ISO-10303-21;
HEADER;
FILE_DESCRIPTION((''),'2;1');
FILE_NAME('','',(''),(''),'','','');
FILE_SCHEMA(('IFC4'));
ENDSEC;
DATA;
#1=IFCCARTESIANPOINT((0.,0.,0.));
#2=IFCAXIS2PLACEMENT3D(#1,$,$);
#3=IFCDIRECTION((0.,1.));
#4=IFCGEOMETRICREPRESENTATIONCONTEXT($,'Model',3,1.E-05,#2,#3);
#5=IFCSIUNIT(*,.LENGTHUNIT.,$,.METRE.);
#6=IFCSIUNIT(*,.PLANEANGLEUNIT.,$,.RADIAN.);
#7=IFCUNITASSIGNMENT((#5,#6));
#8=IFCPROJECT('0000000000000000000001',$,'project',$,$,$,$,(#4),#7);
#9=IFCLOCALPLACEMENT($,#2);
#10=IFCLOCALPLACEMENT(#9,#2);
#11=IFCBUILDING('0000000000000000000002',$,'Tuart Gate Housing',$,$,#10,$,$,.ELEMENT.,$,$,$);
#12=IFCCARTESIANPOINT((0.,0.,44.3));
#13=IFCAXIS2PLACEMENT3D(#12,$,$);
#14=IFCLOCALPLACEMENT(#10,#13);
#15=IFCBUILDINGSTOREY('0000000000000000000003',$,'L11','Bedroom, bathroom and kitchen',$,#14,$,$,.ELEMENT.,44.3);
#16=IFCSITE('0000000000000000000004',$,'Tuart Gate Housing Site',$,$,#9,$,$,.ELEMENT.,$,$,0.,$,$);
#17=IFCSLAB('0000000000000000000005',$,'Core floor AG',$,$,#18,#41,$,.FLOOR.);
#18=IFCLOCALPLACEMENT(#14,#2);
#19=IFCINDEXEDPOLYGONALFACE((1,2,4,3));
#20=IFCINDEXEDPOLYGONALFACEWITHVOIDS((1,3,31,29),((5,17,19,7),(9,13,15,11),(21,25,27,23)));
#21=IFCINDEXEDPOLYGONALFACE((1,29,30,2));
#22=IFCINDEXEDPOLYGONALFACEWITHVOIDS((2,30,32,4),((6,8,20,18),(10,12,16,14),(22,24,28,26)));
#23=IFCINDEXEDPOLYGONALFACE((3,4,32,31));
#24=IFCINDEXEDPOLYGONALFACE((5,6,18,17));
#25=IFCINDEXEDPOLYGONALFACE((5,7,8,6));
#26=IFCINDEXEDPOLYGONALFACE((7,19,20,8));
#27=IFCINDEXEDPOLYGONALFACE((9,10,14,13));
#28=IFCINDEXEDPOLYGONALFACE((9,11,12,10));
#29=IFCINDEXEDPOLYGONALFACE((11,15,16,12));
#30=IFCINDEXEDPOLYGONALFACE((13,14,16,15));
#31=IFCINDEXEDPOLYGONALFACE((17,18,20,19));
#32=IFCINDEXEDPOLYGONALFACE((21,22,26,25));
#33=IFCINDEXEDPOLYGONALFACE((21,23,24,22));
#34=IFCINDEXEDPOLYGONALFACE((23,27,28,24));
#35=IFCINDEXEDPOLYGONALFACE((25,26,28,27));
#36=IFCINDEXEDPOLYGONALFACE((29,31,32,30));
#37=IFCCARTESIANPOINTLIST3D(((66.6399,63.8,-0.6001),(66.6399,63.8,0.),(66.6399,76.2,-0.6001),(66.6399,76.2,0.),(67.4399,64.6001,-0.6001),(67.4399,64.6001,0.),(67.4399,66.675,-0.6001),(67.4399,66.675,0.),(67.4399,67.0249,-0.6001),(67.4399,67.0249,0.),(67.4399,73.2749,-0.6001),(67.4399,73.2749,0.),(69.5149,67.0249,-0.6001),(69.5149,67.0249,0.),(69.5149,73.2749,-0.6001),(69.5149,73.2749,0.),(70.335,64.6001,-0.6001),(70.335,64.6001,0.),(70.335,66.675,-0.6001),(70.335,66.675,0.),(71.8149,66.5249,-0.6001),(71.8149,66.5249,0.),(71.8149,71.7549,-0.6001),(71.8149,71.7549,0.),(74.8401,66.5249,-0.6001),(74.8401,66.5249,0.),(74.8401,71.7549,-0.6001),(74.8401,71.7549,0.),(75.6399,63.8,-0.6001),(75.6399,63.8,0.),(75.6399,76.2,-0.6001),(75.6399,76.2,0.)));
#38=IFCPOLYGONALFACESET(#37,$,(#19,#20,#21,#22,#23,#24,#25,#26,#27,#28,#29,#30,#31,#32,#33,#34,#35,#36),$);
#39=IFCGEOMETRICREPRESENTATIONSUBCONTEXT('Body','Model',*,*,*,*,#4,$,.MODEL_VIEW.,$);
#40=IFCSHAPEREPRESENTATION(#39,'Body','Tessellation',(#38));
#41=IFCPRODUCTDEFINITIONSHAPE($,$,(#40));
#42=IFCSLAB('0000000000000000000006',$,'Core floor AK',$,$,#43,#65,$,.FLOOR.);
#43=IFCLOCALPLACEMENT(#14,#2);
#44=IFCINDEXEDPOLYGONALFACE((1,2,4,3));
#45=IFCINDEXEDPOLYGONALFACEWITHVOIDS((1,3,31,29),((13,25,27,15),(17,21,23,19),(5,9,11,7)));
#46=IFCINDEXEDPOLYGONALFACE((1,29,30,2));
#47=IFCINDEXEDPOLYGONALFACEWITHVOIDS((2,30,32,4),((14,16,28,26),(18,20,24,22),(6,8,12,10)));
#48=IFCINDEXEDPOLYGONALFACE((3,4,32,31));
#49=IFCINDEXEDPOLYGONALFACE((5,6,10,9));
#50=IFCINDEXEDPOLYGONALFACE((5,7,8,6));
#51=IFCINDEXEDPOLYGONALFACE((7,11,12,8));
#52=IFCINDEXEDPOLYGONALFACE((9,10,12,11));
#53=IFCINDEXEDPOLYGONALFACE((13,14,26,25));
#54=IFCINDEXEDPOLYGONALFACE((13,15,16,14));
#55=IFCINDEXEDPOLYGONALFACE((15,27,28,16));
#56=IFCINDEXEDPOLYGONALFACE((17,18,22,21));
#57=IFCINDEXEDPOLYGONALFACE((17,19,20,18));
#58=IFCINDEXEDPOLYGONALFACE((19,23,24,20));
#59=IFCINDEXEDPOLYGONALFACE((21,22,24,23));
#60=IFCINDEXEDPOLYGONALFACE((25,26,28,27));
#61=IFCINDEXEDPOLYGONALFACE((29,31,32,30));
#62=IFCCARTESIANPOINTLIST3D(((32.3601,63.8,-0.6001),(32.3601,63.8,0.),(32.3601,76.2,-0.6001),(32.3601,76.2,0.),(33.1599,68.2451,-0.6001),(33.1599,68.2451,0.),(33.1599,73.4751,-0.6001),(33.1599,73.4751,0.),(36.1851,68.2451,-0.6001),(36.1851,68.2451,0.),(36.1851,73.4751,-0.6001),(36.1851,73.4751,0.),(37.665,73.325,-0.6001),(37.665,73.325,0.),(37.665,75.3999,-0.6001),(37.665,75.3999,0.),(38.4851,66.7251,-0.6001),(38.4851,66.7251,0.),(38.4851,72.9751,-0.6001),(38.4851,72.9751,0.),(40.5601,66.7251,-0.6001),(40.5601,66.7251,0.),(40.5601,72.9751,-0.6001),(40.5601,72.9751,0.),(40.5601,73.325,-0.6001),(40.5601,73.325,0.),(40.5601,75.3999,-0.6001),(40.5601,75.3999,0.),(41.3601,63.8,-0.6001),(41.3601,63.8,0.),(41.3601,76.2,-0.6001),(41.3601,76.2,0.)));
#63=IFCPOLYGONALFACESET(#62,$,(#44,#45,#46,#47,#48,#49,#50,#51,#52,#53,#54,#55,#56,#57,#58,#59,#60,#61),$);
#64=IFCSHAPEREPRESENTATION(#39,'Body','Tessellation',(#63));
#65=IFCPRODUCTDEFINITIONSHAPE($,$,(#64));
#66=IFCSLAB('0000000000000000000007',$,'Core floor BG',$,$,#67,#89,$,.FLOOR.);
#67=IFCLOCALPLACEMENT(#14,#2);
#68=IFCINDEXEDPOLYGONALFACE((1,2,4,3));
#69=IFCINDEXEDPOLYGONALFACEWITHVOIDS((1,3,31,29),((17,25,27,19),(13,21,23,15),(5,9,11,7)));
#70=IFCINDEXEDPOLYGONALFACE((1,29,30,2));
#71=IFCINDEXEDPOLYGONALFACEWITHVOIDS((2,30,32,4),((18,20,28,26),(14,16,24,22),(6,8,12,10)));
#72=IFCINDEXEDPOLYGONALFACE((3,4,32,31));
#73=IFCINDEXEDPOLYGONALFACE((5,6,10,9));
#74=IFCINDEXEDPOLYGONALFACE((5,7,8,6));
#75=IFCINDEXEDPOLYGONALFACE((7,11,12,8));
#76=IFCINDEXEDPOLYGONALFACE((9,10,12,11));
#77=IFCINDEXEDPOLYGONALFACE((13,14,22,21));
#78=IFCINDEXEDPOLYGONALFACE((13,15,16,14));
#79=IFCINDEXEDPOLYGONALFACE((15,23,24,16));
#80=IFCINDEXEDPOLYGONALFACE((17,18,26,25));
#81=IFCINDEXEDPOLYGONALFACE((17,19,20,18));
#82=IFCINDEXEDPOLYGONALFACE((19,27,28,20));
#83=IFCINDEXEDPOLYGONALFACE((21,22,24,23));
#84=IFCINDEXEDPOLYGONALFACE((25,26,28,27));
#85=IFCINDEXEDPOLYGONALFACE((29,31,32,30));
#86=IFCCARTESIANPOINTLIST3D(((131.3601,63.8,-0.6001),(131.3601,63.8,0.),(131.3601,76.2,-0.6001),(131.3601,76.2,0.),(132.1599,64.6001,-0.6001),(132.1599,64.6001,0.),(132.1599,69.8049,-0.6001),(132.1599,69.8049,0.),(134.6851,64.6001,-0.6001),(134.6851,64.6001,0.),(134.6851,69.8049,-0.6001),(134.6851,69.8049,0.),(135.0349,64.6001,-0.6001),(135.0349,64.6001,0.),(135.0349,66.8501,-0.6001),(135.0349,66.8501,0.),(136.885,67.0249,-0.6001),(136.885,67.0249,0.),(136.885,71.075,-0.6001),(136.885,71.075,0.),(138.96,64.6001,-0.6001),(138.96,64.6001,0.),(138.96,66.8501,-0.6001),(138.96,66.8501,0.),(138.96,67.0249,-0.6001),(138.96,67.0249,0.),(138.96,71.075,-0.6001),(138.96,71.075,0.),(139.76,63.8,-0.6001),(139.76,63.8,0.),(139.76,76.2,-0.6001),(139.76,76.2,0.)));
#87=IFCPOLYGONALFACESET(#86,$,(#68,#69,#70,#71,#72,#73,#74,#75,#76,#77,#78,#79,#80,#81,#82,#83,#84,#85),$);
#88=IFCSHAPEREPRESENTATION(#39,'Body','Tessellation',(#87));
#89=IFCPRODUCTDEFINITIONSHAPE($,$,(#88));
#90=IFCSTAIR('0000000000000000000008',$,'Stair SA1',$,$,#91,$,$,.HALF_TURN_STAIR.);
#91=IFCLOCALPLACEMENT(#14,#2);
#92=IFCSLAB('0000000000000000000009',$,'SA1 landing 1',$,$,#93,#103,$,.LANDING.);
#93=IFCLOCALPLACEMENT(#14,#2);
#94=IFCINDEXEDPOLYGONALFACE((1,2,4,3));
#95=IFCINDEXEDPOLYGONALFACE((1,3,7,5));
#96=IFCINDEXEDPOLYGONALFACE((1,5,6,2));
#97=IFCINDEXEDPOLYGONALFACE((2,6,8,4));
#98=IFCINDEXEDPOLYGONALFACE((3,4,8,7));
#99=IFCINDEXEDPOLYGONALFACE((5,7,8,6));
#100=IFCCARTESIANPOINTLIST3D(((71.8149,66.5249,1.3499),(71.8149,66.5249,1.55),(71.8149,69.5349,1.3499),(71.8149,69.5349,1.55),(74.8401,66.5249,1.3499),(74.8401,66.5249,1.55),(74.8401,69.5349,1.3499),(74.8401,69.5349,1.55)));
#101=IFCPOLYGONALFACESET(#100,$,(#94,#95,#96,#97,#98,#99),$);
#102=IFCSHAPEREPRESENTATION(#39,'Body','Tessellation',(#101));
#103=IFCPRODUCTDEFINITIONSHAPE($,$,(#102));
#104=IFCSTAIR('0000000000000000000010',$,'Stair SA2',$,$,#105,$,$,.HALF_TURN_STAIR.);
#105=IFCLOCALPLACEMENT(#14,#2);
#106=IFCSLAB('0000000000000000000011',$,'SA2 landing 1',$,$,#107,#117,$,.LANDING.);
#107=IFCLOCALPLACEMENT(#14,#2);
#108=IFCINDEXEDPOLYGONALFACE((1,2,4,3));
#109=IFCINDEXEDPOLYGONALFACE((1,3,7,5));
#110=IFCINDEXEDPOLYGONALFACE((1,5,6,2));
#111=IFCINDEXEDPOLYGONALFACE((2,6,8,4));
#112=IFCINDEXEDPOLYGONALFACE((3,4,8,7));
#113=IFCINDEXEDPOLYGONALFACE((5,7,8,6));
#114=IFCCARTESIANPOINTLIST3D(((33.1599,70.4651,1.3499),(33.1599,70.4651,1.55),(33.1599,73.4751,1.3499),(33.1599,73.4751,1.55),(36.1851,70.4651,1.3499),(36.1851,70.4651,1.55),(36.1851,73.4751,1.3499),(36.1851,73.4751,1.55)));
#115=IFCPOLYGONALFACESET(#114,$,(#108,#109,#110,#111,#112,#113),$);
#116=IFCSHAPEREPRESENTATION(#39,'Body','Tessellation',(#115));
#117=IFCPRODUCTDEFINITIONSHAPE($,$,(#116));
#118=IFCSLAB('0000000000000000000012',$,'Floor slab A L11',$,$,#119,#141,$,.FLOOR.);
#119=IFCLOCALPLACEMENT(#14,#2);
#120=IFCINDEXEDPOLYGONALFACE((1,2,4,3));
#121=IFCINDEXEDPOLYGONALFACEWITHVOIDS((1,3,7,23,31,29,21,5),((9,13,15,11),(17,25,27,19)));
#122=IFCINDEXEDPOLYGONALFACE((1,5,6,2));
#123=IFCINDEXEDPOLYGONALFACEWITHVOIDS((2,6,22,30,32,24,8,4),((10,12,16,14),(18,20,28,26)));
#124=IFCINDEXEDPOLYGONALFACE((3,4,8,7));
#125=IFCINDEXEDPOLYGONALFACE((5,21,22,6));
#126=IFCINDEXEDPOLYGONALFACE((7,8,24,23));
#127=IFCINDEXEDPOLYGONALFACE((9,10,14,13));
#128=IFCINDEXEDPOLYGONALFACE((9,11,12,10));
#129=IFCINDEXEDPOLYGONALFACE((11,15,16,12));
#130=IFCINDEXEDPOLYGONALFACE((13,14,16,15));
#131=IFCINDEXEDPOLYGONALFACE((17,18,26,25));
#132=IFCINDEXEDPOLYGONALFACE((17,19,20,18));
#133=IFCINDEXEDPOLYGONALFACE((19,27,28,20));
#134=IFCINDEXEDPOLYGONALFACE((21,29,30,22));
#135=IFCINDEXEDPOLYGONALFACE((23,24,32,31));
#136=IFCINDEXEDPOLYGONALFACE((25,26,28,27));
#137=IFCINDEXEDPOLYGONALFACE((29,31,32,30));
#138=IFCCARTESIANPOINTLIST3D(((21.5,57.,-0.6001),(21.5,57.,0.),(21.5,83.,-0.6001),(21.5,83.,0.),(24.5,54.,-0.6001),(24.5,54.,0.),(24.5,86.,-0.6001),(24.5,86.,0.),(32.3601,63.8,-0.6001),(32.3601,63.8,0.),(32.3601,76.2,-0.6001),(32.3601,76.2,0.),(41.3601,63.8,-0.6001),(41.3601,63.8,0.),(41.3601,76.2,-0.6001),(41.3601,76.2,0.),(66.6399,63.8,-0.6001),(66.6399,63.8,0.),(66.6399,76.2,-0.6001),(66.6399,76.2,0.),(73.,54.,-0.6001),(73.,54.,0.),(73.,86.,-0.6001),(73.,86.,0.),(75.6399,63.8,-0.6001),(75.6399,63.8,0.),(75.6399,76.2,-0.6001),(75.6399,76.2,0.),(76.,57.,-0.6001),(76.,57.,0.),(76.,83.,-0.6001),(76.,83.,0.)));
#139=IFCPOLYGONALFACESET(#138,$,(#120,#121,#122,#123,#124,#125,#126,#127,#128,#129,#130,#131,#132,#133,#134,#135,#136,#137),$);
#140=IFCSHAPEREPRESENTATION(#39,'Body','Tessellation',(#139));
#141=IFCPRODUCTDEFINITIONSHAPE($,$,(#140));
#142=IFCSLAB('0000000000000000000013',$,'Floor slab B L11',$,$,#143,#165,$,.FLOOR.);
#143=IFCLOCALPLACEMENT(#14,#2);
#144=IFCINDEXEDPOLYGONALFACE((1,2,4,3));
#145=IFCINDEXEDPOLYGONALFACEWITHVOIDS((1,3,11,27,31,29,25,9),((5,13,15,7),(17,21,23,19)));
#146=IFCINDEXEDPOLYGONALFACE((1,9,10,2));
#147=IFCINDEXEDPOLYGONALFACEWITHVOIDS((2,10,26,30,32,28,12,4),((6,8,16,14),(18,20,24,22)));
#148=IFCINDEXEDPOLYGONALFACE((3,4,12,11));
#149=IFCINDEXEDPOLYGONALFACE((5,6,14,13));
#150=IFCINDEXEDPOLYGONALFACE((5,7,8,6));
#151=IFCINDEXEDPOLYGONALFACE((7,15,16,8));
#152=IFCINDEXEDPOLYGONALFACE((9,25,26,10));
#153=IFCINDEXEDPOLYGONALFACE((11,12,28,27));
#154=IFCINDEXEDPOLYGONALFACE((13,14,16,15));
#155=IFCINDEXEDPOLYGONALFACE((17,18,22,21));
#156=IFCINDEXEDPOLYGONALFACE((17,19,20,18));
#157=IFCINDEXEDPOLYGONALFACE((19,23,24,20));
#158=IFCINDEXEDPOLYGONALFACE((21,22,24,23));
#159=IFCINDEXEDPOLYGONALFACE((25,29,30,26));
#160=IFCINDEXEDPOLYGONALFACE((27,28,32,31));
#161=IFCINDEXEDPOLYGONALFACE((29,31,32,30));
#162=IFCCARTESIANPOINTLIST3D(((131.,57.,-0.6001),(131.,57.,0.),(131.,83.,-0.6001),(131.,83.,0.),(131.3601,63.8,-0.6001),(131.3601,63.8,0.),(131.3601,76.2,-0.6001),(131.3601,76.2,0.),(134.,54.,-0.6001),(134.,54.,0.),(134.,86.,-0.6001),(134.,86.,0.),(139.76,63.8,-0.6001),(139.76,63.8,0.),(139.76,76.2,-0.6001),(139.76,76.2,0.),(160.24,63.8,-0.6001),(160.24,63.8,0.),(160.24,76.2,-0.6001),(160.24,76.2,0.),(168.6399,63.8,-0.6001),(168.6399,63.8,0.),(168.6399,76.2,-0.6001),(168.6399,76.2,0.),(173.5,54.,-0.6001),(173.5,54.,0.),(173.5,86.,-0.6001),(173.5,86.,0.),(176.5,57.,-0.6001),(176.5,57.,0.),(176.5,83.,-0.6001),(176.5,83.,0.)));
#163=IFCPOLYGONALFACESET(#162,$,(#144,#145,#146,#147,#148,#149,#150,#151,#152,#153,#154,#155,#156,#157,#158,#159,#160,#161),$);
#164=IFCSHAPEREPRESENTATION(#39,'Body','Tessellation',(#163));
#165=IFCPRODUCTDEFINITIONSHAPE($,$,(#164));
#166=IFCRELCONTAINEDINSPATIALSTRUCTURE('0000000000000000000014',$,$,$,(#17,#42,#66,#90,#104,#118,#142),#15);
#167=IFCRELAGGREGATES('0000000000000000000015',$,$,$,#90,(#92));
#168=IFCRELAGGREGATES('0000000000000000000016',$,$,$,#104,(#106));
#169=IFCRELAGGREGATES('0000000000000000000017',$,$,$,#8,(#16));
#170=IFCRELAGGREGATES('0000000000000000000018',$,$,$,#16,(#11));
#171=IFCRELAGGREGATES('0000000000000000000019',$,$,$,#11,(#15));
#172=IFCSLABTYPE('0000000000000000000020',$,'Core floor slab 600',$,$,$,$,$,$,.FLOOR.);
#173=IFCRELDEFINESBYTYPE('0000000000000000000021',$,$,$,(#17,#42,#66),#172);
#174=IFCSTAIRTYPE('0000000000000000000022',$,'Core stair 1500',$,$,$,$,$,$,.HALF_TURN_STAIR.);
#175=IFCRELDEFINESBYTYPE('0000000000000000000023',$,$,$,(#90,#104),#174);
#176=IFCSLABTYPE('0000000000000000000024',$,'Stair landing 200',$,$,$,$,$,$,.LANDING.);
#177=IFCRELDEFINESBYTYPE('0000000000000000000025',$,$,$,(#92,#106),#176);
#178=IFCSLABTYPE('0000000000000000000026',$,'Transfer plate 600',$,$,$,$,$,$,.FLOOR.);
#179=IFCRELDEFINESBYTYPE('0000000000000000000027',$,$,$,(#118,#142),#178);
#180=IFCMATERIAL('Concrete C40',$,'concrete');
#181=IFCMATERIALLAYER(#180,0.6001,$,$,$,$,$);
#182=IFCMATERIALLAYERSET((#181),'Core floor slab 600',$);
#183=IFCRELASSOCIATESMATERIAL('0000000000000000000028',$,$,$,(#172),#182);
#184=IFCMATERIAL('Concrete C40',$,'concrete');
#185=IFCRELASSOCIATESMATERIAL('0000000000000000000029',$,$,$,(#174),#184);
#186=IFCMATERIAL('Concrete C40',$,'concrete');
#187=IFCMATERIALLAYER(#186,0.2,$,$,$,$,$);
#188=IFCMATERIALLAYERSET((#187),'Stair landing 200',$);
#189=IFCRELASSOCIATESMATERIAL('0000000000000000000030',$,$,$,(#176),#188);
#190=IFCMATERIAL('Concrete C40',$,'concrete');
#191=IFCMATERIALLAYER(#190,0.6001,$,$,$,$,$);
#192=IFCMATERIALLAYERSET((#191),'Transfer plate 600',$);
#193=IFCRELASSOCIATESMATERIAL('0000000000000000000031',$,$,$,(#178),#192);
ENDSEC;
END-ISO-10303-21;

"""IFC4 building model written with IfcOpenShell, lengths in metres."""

from ifc_helpers import new_model, si_unit, direction, frame, origin, place, context, subcontext, project, spatial, polyline, outline, extrude, material, layer, layer_set, type_object, element, aggregate, save


model = new_model("IFC4")

# Units and contexts
model_context = context("Model", 3, precision=1e-05, world=origin(), true_north=direction((0.0, 1.0)))
body_context = subcontext(model_context, "Body", "Model", "MODEL_VIEW")
ifc_project = project(units=[si_unit("LENGTHUNIT", "METRE"), si_unit("PLANEANGLEUNIT", "RADIAN")], contexts=[model_context])

# Site, building, storey
site_placement = place(None, origin())
site = spatial("IfcSite", under=ifc_project, at=site_placement, Name="Tuart Gate Housing Site", CompositionType="ELEMENT", RefElevation=0.0)
building_placement = place(site_placement, origin())
building = spatial("IfcBuilding", under=site, at=building_placement, Name="Tuart Gate Housing", CompositionType="ELEMENT")
storey_placement = place(building_placement, frame((0.0, 0.0, 44.3)))
storey = spatial("IfcBuildingStorey", under=building, at=storey_placement, Name="L11", Description="Bedroom, bathroom and kitchen", CompositionType="ELEMENT", Elevation=44.3)

# Slabs
ifc_material_1 = material(Name="Concrete C40", Category="concrete")
ifc_layer_1 = layer(ifc_material_1, 0.6001)
ifc_layer_set_1 = layer_set([ifc_layer_1], Name="Core floor slab 600")
slab_type_1 = type_object("IfcSlabType", Name="Core floor slab 600", PredefinedType="FLOOR", material=ifc_layer_set_1)
slab_1_placement = place(storey_placement, frame((0.0, 0.0, -0.6001)))
element("IfcSlab", 1, at=slab_1_placement, inside=storey, type_object=slab_type_1, Name="Core floor AG", PredefinedType="FLOOR", context=body_context, shape_type="SweptSolid", body=[
    extrude(outline(polyline([(66.6399, 63.8), (75.6399, 63.8), (75.6399, 76.2), (66.6399, 76.2), (66.6399, 63.8)]), holes=[polyline([(67.4399, 64.6001), (70.335, 64.6001), (70.335, 66.675), (67.4399, 66.675), (67.4399, 64.6001)]), polyline([(67.4399, 67.0249), (69.5149, 67.0249), (69.5149, 73.2749), (67.4399, 73.2749), (67.4399, 67.0249)]), polyline([(71.8149, 66.5249), (74.8401, 66.5249), (74.8401, 71.7549), (71.8149, 71.7549), (71.8149, 66.5249)])]), origin(), (0.0, 0.0, 1.0), 0.6001),
])
slab_2_placement = place(storey_placement, frame((0.0, 0.0, -0.6001)))
element("IfcSlab", 2, at=slab_2_placement, inside=storey, type_object=slab_type_1, Name="Core floor AK", PredefinedType="FLOOR", context=body_context, shape_type="SweptSolid", body=[
    extrude(outline(polyline([(32.3601, 63.8), (41.3601, 63.8), (41.3601, 76.2), (32.3601, 76.2), (32.3601, 63.8)]), holes=[polyline([(40.5601, 75.3999), (37.665, 75.3999), (37.665, 73.325), (40.5601, 73.325), (40.5601, 75.3999)]), polyline([(40.5601, 72.9751), (38.4851, 72.9751), (38.4851, 66.7251), (40.5601, 66.7251), (40.5601, 72.9751)]), polyline([(36.1851, 73.4751), (33.1599, 73.4751), (33.1599, 68.2451), (36.1851, 68.2451), (36.1851, 73.4751)])]), origin(), (0.0, 0.0, 1.0), 0.6001),
])
slab_3_placement = place(storey_placement, frame((0.0, 0.0, -0.6001)))
element("IfcSlab", 3, at=slab_3_placement, inside=storey, type_object=slab_type_1, Name="Core floor BG", PredefinedType="FLOOR", context=body_context, shape_type="SweptSolid", body=[
    extrude(outline(polyline([(131.3601, 63.8), (139.76, 63.8), (139.76, 76.2), (131.3601, 76.2), (131.3601, 63.8)]), holes=[polyline([(138.96, 66.8501), (135.0349, 66.8501), (135.0349, 64.6001), (138.96, 64.6001), (138.96, 66.8501)]), polyline([(138.96, 71.075), (136.885, 71.075), (136.885, 67.0249), (138.96, 67.0249), (138.96, 71.075)]), polyline([(134.6851, 69.8049), (132.1599, 69.8049), (132.1599, 64.6001), (134.6851, 64.6001), (134.6851, 69.8049)])]), origin(), (0.0, 0.0, 1.0), 0.6001),
])

# Stairs, slabs
ifc_material_2 = material(Name="Concrete C40", Category="concrete")
stair_type = type_object("IfcStairType", Name="Core stair 1500", PredefinedType="HALF_TURN_STAIR", material=ifc_material_2)
stair_1_placement = place(storey_placement, origin())
stair_1 = element("IfcStair", 4, at=stair_1_placement, inside=storey, type_object=stair_type, Name="Stair SA1", PredefinedType="HALF_TURN_STAIR")
ifc_material_3 = material(Name="Concrete C40", Category="concrete")
ifc_layer_2 = layer(ifc_material_3, 0.2)
ifc_layer_set_2 = layer_set([ifc_layer_2], Name="Stair landing 200")
slab_type_2 = type_object("IfcSlabType", Name="Stair landing 200", PredefinedType="LANDING", material=ifc_layer_set_2)
slab_4_placement = place(storey_placement, frame((0.0, 0.0, 1.3499)))
slab_4 = element("IfcSlab", 5, at=slab_4_placement, type_object=slab_type_2, Name="SA1 landing 1", PredefinedType="LANDING", context=body_context, shape_type="SweptSolid", body=[
    extrude(outline(polyline([(71.8149, 66.5249), (74.8401, 66.5249), (74.8401, 69.5349), (71.8149, 69.5349), (71.8149, 66.5249)])), origin(), (0.0, 0.0, 1.0), 0.2002),
])
aggregate(stair_1, [slab_4])
stair_2_placement = place(storey_placement, origin())
stair_2 = element("IfcStair", 6, at=stair_2_placement, inside=storey, type_object=stair_type, Name="Stair SA2", PredefinedType="HALF_TURN_STAIR")
slab_5_placement = place(storey_placement, frame((0.0, 0.0, 1.3499)))
slab_5 = element("IfcSlab", 7, at=slab_5_placement, type_object=slab_type_2, Name="SA2 landing 1", PredefinedType="LANDING", context=body_context, shape_type="SweptSolid", body=[
    extrude(outline(polyline([(36.1851, 73.4751), (33.1599, 73.4751), (33.1599, 70.4651), (36.1851, 70.4651), (36.1851, 73.4751)])), origin(), (0.0, 0.0, 1.0), 0.2002),
])
aggregate(stair_2, [slab_5])

# Slabs
ifc_material_4 = material(Name="Concrete C40", Category="concrete")
ifc_layer_3 = layer(ifc_material_4, 0.6001)
ifc_layer_set_3 = layer_set([ifc_layer_3], Name="Transfer plate 600")
slab_type_3 = type_object("IfcSlabType", Name="Transfer plate 600", PredefinedType="FLOOR", material=ifc_layer_set_3)
slab_6_placement = place(storey_placement, frame((0.0, 0.0, -0.6001)))
element("IfcSlab", 8, at=slab_6_placement, inside=storey, type_object=slab_type_3, Name="Floor slab A L11", PredefinedType="FLOOR", context=body_context, shape_type="SweptSolid", body=[
    extrude(outline(polyline([(24.5, 86.0), (21.5, 83.0), (21.5, 57.0), (24.5, 54.0), (73.0, 54.0), (76.0, 57.0), (76.0, 83.0), (73.0, 86.0), (24.5, 86.0)]), holes=[polyline([(66.6399, 76.2), (75.6399, 76.2), (75.6399, 63.8), (66.6399, 63.8), (66.6399, 76.2)]), polyline([(41.3601, 76.2), (41.3601, 63.8), (32.3601, 63.8), (32.3601, 76.2), (41.3601, 76.2)])]), origin(), (0.0, 0.0, 1.0), 0.6001),
])
slab_7_placement = place(storey_placement, frame((0.0, 0.0, -0.6001)))
element("IfcSlab", 9, at=slab_7_placement, inside=storey, type_object=slab_type_3, Name="Floor slab B L11", PredefinedType="FLOOR", context=body_context, shape_type="SweptSolid", body=[
    extrude(outline(polyline([(134.0, 86.0), (131.0, 83.0), (131.0, 57.0), (134.0, 54.0), (173.5, 54.0), (176.5, 57.0), (176.5, 83.0), (173.5, 86.0), (134.0, 86.0)]), holes=[polyline([(131.3601, 76.2), (139.76, 76.2), (139.76, 63.8), (131.3601, 63.8), (131.3601, 76.2)]), polyline([(168.6399, 76.2), (168.6399, 63.8), (160.24, 63.8), (160.24, 76.2), (168.6399, 76.2)])]), origin(), (0.0, 0.0, 1.0), 0.6001),
])

save(model, "model.ifc")
